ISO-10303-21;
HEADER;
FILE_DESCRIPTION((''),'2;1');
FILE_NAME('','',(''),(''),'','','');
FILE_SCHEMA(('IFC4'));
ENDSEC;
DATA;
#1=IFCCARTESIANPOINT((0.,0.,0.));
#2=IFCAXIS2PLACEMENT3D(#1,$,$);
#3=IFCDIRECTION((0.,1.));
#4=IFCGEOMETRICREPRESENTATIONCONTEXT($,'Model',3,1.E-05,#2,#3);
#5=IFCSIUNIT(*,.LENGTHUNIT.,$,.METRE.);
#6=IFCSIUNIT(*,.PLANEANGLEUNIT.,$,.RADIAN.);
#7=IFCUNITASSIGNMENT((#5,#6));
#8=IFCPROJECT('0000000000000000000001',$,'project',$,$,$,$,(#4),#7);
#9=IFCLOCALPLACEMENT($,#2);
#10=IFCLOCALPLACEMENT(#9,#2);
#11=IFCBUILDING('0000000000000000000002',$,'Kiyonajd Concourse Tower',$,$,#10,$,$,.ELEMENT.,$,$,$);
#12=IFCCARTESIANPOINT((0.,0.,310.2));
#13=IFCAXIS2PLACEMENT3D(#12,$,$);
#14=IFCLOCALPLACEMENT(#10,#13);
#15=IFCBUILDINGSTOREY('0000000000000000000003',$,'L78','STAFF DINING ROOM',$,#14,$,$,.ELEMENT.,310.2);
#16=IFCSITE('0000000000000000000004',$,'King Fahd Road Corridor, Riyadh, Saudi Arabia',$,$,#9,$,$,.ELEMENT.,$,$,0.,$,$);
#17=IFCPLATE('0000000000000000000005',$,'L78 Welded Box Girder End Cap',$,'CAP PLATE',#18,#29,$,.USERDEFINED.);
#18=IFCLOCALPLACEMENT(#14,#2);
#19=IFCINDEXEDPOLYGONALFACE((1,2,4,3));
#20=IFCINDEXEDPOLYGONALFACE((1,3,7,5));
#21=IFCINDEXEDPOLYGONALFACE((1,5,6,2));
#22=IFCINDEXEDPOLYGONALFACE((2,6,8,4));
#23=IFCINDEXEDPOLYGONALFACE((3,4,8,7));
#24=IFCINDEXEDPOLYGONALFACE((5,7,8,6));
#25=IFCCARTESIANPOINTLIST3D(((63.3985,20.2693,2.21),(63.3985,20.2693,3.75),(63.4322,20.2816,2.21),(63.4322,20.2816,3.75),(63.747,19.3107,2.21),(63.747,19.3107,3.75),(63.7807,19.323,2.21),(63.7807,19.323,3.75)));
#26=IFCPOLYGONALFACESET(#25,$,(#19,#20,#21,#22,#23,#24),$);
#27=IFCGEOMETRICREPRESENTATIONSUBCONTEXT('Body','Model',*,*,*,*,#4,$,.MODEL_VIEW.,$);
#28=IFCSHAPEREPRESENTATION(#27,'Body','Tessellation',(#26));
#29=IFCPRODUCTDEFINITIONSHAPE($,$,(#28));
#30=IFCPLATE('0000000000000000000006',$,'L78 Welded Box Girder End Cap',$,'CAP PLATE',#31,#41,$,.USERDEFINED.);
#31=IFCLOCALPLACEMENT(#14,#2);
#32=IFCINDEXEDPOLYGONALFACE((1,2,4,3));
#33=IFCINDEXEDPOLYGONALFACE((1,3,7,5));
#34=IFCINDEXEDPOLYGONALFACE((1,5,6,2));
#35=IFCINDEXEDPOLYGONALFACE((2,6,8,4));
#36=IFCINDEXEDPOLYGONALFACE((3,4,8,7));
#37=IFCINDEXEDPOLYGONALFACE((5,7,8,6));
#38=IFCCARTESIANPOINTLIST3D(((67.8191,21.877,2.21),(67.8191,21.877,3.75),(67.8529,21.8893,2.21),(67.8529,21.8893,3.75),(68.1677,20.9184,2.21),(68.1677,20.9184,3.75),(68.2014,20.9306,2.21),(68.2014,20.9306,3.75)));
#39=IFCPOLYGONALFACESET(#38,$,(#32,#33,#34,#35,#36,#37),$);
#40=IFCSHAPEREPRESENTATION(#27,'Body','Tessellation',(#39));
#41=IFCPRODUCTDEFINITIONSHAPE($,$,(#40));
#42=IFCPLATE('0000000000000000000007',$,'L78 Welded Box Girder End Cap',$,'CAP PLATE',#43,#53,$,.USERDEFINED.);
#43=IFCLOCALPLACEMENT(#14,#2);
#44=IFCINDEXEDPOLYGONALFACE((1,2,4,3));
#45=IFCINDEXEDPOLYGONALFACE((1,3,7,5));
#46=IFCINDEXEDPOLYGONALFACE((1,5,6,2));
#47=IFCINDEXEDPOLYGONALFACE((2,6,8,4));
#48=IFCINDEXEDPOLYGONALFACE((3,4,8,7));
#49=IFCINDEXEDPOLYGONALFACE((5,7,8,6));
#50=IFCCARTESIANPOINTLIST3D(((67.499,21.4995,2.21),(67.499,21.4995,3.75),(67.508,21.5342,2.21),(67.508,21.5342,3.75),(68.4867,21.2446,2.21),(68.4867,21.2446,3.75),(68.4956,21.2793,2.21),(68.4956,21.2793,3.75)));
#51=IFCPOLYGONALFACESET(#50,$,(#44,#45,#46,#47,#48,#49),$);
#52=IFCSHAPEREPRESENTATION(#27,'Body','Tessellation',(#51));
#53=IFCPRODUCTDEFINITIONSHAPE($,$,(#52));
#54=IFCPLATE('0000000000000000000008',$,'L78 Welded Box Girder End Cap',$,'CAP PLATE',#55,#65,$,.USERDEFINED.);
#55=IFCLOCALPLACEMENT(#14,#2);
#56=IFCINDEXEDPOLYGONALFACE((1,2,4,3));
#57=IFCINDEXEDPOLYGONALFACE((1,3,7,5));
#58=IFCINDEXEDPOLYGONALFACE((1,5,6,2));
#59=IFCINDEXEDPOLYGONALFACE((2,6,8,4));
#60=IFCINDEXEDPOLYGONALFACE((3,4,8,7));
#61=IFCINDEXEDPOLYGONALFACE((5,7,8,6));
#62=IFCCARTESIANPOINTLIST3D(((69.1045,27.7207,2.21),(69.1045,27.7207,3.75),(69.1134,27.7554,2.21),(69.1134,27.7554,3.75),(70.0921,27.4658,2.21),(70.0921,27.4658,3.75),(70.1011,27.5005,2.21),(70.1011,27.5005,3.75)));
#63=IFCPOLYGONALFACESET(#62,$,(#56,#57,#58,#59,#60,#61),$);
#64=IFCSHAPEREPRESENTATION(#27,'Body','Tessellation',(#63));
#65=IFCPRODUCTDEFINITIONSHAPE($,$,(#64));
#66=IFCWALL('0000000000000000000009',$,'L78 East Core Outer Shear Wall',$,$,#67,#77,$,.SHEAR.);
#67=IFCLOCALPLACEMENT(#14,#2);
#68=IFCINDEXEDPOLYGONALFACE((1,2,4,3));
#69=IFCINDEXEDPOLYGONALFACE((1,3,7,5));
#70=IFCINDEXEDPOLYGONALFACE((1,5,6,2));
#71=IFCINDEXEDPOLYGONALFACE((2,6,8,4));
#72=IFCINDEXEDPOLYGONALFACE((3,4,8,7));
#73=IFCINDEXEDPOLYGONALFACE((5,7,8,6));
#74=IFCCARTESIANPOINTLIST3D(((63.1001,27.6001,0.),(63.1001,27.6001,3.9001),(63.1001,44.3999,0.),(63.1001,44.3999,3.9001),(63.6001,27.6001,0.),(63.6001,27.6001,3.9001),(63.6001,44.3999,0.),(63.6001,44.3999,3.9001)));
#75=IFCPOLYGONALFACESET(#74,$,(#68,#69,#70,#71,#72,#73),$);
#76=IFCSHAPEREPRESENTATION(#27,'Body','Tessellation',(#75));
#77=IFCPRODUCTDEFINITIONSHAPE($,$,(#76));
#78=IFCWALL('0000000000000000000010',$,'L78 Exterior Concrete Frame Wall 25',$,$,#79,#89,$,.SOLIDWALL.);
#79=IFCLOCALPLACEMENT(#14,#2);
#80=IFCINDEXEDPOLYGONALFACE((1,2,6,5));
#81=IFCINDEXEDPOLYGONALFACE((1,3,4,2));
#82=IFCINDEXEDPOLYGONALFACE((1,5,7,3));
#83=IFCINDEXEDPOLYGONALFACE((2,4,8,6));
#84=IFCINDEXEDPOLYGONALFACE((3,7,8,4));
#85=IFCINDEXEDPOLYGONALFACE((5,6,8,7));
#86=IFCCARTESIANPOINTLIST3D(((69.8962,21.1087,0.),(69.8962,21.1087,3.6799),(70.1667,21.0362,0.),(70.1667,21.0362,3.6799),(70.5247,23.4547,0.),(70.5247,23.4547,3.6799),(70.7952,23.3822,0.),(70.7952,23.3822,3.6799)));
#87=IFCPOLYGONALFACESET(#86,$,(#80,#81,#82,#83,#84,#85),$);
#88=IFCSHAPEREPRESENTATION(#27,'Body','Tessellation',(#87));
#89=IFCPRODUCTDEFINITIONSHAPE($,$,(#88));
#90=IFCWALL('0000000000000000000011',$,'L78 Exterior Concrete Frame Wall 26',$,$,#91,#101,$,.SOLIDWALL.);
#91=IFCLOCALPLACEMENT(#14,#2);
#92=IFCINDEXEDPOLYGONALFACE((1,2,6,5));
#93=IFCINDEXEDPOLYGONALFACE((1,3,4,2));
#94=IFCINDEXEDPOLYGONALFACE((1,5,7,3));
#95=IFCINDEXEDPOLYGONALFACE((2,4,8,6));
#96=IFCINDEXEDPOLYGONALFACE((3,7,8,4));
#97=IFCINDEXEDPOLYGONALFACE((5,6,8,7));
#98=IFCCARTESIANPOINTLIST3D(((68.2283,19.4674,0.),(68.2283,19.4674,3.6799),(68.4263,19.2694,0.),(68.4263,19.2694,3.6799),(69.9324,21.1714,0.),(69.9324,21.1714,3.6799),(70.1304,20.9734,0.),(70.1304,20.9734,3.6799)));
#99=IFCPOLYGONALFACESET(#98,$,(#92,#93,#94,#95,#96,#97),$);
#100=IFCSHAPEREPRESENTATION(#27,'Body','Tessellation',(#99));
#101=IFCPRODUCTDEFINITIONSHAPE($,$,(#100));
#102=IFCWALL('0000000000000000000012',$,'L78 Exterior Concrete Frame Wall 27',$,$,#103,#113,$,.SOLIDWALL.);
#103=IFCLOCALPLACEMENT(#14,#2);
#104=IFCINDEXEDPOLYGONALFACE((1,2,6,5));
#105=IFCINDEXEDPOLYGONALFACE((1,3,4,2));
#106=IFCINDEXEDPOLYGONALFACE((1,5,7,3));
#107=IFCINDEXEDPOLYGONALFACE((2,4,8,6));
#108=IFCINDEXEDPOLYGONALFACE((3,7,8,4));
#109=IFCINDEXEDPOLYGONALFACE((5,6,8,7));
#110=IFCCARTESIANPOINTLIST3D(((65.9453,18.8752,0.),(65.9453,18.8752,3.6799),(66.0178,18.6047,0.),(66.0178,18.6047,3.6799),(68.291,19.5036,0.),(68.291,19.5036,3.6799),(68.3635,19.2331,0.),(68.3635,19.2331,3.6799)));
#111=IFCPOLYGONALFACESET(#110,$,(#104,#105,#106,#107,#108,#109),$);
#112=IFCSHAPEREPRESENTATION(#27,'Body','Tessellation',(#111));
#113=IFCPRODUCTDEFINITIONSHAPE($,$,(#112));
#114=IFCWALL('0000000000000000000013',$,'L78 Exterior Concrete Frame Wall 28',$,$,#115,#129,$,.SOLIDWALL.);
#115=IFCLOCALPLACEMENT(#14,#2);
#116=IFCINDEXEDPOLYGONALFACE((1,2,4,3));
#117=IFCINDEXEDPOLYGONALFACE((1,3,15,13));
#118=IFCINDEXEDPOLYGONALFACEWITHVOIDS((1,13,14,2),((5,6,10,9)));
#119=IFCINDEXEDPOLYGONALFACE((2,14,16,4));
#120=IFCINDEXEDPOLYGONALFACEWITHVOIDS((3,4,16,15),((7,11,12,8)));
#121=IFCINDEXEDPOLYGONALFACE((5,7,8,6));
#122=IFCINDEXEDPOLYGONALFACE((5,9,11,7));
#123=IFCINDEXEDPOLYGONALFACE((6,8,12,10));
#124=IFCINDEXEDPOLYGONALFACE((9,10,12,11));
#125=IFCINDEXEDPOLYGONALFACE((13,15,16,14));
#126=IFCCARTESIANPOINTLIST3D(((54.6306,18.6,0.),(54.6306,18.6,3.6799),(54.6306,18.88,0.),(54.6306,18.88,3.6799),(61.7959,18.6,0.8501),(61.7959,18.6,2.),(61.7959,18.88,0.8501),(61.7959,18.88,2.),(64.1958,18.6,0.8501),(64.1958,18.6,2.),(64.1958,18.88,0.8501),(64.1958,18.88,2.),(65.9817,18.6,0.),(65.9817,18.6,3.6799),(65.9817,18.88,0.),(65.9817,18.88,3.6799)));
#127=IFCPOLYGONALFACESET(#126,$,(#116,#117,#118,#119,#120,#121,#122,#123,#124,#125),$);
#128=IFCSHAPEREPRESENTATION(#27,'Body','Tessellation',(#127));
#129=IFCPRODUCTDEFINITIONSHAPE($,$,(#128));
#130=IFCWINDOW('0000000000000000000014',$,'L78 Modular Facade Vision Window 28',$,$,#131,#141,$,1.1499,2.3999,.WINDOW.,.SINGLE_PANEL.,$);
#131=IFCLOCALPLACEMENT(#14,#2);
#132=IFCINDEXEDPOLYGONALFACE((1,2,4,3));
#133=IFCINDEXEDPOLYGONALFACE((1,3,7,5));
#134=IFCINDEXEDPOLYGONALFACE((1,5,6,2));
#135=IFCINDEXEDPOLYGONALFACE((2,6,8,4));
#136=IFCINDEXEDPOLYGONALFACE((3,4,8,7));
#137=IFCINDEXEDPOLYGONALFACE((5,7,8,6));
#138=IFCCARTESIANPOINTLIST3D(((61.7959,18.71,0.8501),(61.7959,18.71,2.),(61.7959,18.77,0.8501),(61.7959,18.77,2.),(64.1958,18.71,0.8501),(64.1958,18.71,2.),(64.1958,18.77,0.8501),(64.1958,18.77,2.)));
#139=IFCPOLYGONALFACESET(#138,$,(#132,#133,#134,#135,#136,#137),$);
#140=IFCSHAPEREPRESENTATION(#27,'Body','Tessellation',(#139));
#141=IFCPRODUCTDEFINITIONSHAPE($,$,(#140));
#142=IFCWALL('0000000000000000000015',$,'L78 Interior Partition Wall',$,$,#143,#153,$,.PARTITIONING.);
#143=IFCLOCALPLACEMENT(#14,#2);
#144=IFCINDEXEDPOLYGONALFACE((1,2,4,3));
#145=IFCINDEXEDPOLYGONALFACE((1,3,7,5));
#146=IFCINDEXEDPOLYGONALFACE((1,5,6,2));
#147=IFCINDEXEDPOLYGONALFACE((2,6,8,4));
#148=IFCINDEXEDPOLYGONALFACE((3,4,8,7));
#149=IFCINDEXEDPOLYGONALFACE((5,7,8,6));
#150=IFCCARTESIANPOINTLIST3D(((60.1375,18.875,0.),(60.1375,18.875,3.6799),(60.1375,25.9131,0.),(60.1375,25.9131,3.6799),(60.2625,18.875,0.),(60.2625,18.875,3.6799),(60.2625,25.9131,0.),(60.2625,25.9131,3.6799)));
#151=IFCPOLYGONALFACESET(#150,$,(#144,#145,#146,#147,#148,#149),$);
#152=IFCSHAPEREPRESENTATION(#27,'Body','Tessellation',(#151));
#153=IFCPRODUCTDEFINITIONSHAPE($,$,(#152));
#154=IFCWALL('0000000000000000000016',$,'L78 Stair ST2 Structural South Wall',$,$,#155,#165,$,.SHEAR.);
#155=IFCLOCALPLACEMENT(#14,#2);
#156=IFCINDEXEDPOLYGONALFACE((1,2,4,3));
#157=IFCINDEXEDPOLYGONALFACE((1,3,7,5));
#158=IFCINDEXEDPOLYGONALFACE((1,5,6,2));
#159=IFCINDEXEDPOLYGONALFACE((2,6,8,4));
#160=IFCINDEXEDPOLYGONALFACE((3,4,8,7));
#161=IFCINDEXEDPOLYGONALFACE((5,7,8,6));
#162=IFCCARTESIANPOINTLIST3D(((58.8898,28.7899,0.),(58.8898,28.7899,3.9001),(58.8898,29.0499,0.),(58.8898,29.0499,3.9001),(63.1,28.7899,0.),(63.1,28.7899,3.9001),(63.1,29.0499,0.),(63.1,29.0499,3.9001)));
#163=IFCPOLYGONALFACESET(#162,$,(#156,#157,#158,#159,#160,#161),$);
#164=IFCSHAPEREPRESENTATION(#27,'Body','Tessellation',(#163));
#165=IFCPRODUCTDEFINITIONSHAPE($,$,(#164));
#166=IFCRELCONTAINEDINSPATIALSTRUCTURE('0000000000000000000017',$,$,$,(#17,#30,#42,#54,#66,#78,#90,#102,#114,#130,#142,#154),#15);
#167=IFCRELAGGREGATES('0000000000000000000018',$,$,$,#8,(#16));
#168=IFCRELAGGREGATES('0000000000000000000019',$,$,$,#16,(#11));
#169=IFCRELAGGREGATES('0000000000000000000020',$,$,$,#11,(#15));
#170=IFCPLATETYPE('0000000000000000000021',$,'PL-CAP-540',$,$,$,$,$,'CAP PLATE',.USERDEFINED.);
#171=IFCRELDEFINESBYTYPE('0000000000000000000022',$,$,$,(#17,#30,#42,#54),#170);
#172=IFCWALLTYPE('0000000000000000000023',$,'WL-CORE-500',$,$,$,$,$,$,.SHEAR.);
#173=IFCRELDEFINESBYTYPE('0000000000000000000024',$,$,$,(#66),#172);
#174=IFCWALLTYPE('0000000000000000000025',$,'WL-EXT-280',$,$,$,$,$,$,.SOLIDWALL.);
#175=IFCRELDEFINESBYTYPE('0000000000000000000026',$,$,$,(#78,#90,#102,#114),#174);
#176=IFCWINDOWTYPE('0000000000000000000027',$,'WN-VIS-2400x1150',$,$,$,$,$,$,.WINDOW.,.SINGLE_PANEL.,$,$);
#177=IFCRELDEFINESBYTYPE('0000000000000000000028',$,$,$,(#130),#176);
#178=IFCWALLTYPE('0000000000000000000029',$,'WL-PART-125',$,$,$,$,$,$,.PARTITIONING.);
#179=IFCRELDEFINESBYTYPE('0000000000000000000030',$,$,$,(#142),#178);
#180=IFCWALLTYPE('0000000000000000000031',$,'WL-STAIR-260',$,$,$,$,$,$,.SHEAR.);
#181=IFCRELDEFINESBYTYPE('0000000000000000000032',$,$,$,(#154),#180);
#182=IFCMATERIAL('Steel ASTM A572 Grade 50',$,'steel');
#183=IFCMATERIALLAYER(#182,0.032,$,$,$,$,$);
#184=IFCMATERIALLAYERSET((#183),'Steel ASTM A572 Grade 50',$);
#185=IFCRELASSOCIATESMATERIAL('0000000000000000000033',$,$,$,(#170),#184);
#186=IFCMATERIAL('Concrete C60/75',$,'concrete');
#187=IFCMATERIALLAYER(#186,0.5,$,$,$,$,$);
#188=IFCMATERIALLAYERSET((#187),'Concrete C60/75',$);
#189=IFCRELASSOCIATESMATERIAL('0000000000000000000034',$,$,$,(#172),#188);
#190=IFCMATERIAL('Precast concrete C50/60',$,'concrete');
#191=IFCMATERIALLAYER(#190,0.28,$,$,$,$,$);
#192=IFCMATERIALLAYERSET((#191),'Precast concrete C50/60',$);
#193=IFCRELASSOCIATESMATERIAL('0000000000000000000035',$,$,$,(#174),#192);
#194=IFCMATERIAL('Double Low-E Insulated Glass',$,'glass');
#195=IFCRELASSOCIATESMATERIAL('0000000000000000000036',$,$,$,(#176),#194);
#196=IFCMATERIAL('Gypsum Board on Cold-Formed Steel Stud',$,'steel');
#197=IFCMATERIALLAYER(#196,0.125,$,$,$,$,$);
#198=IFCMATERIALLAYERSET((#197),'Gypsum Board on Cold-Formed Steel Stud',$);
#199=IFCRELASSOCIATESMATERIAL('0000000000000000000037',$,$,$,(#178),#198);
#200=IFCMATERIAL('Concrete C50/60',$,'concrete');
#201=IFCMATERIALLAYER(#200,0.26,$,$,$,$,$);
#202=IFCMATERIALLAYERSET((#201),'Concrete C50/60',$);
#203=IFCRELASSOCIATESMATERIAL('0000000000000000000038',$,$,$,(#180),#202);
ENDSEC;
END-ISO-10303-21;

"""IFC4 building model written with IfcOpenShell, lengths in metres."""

from ifc_helpers import new_model, si_unit, direction, frame, frame_2d, origin, origin_2d, place, context, subcontext, project, spatial, rectangle, extrude, material, layer, layer_set, type_object, element, fill, save


model = new_model("IFC4")

# Units and contexts
model_context = context("Model", 3, precision=1e-05, world=origin(), true_north=direction((0.0, 1.0)))
body_context = subcontext(model_context, "Body", "Model", "MODEL_VIEW")
ifc_project = project(units=[si_unit("LENGTHUNIT", "METRE"), si_unit("PLANEANGLEUNIT", "RADIAN")], contexts=[model_context])

# Site, building, storey
site_placement = place(None, origin())
site = spatial("IfcSite", under=ifc_project, at=site_placement, Name="King Fahd Road Corridor, Riyadh, Saudi Arabia", CompositionType="ELEMENT", RefElevation=0.0)
building_placement = place(site_placement, origin())
building = spatial("IfcBuilding", under=site, at=building_placement, Name="Kiyonajd Concourse Tower", CompositionType="ELEMENT")
storey_placement = place(building_placement, frame((0.0, 0.0, 310.2)))
storey = spatial("IfcBuildingStorey", under=building, at=storey_placement, Name="L78", Description="STAFF DINING ROOM", CompositionType="ELEMENT", Elevation=310.2)

# Shared definitions
ifc_material_1 = material(Name="Concrete C60/75", Category="concrete")

# Shared definitions
ifc_material_2 = material(Name="Steel ASTM A572 Grade 50", Category="steel")

# Plates
ifc_layer_1 = layer(ifc_material_2, 0.032)
ifc_layer_set_1 = layer_set([ifc_layer_1], Name="Steel ASTM A572 Grade 50")
plate_type = type_object("IfcPlateType", Name="PL-CAP-540", ElementType="CAP PLATE", PredefinedType="USERDEFINED", material=ifc_layer_set_1)
for number, where, z_axis, x_axis, name in (
    (1, (63.5896, 19.7961, 2.21), (0.0, 0.0, 1.0), (-0.939812, -0.341692, 0.0), "L78 Welded Box Girder End Cap"),
    (2, (68.0103, 21.4038, 2.21), (0.0, 0.0, 1.0), (0.939812, 0.341692, 0.0), "L78 Welded Box Girder End Cap"),
    (3, (67.9973, 21.3894, 2.21), (0.0, 0.0, 1.0), (-0.249873, -0.968279, 0.0), "L78 Welded Box Girder End Cap"),
    (4, (69.6028, 27.6106, 2.21), (0.0, 0.0, 1.0), (0.249873, 0.968279, 0.0), "L78 Welded Box Girder End Cap"),
):
    element("IfcPlate", number, at=place(storey_placement, frame(where, z_axis=z_axis, x_axis=x_axis)), inside=storey, type_object=plate_type, Name=name, ObjectType="CAP PLATE", PredefinedType="USERDEFINED", context=body_context, shape_type="SweptSolid", body=[
        extrude(rectangle(XDim=0.0359, YDim=1.02, at=origin_2d()), origin(), (0.0, 0.0, 1.0), 1.54),
    ])

# Walls
ifc_layer_2 = layer(ifc_material_1, 0.5)
ifc_layer_set_2 = layer_set([ifc_layer_2], Name="Concrete C60/75")
wall_type_1 = type_object("IfcWallType", Name="WL-CORE-500", PredefinedType="SHEAR", material=ifc_layer_set_2)
wall_1_placement = place(storey_placement, frame((63.3501, 27.6001, 0.0), z_axis=(0.0, 0.0, 1.0), x_axis=(0.0, 1.0, 0.0)))
element("IfcWall", 5, at=wall_1_placement, inside=storey, type_object=wall_type_1, Name="L78 East Core Outer Shear Wall", PredefinedType="SHEAR", context=body_context, shape_type="SweptSolid", body=[
    extrude(rectangle(XDim=16.7998, YDim=0.5, at=frame_2d((8.3999, 0.0))), origin(), (0.0, 0.0, 1.0), 3.9001),
])
ifc_material_3 = material(Name="Precast concrete C50/60", Category="concrete")
ifc_layer_3 = layer(ifc_material_3, 0.28)
ifc_layer_set_3 = layer_set([ifc_layer_3], Name="Precast concrete C50/60")
wall_type_2 = type_object("IfcWallType", Name="WL-EXT-280", PredefinedType="SOLIDWALL", material=ifc_layer_set_3)
wall_2_placement = place(storey_placement, frame((70.6599, 23.4185, 0.0), z_axis=(0.0, 0.0, 1.0), x_axis=(-0.258751, -0.965944, 0.0)))
element("IfcWall", 6, at=wall_2_placement, inside=storey, type_object=wall_type_2, Name="L78 Exterior Concrete Frame Wall 25", PredefinedType="SOLIDWALL", context=body_context, shape_type="SweptSolid", body=[
    extrude(rectangle(XDim=2.4287, YDim=0.28, at=frame_2d((1.2144, 0.0))), origin(), (0.0, 0.0, 1.0), 3.6799),
])
wall_3_placement = place(storey_placement, frame((70.0315, 21.0725, 0.0), z_axis=(0.0, 0.0, 1.0), x_axis=(-0.707107, -0.707107, 0.0)))
element("IfcWall", 7, at=wall_3_placement, inside=storey, type_object=wall_type_2, Name="L78 Exterior Concrete Frame Wall 26", PredefinedType="SOLIDWALL", context=body_context, shape_type="SweptSolid", body=[
    extrude(rectangle(XDim=2.4099, YDim=0.28, at=frame_2d((1.2051, 0.0))), origin(), (0.0, 0.0, 1.0), 3.6799),
])
wall_4_placement = place(storey_placement, frame((68.3274, 19.3684, 0.0), z_axis=(0.0, 0.0, 1.0), x_axis=(-0.965937, -0.258776, 0.0)))
element("IfcWall", 8, at=wall_4_placement, inside=storey, type_object=wall_type_2, Name="L78 Exterior Concrete Frame Wall 27", PredefinedType="SOLIDWALL", context=body_context, shape_type="SweptSolid", body=[
    extrude(rectangle(XDim=2.4285, YDim=0.28, at=frame_2d((1.2144, 0.0))), origin(), (0.0, 0.0, 1.0), 3.6799),
])

# Wall, opening, window
wall_5_placement = place(storey_placement, frame((65.9817, 18.74, 0.0), z_axis=(0.0, 0.0, 1.0), x_axis=(-1.0, 0.0, 0.0)))
wall_5 = element("IfcWall", 9, at=wall_5_placement, inside=storey, type_object=wall_type_2, Name="L78 Exterior Concrete Frame Wall 28", PredefinedType="SOLIDWALL", context=body_context, shape_type="SweptSolid", body=[
    extrude(rectangle(XDim=11.3511, YDim=0.28, at=frame_2d((5.6755, 0.0))), origin(), (0.0, 0.0, 1.0), 3.6799),
])
opening_1_placement = place(wall_5_placement, frame((1.7859, 0.0, 0.8501)))
opening_1 = element("IfcOpeningElement", 10, at=opening_1_placement, cuts=wall_5, PredefinedType="OPENING", context=body_context, shape_type="SweptSolid", body=[
    extrude(rectangle(XDim=2.3999, YDim=1.1499, at=frame_2d((1.2, 0.575))), frame((0.0, 0.1499, 0.0), z_axis=(0.0, -1.0, 0.0), x_axis=(1.0, 0.0, 0.0)), (0.0, 0.0, 1.0), 0.3),
])
ifc_material_4 = material(Name="Double Low-E Insulated Glass", Category="glass")
window_type = type_object("IfcWindowType", Name="WN-VIS-2400x1150", PartitioningType="SINGLE_PANEL", PredefinedType="WINDOW", material=ifc_material_4)
window_placement = place(opening_1_placement, origin())
window = element("IfcWindow", 11, at=window_placement, inside=storey, type_object=window_type, Name="L78 Modular Facade Vision Window 28", OverallHeight=1.1499, OverallWidth=2.3999, PartitioningType="SINGLE_PANEL", PredefinedType="WINDOW", context=body_context, shape_type="SweptSolid", body=[
    extrude(rectangle(XDim=2.3999, YDim=1.1499, at=frame_2d((1.2, 0.575))), frame((0.0, 0.03, 0.0), z_axis=(0.0, -1.0, 0.0), x_axis=(1.0, 0.0, 0.0)), (0.0, 0.0, 1.0), 0.0601),
])
fill(opening_1, window)

# Walls
ifc_material_5 = material(Name="Gypsum Board on Cold-Formed Steel Stud", Category="steel")
ifc_layer_4 = layer(ifc_material_5, 0.125)
ifc_layer_set_4 = layer_set([ifc_layer_4], Name="Gypsum Board on Cold-Formed Steel Stud")
wall_type_3 = type_object("IfcWallType", Name="WL-PART-125", PredefinedType="PARTITIONING", material=ifc_layer_set_4)
wall_6_placement = place(storey_placement, frame((60.2, 18.875, 0.0), z_axis=(0.0, 0.0, 1.0), x_axis=(0.0, 1.0, 0.0)))
element("IfcWall", 12, at=wall_6_placement, inside=storey, type_object=wall_type_3, Name="L78 Interior Partition Wall", PredefinedType="PARTITIONING", context=body_context, shape_type="SweptSolid", body=[
    extrude(rectangle(XDim=7.0381, YDim=0.125, at=frame_2d((3.519, 0.0))), origin(), (0.0, 0.0, 1.0), 3.6799),
])
ifc_material_6 = material(Name="Concrete C50/60", Category="concrete")
ifc_layer_5 = layer(ifc_material_6, 0.26)
ifc_layer_set_5 = layer_set([ifc_layer_5], Name="Concrete C50/60")
wall_type_4 = type_object("IfcWallType", Name="WL-STAIR-260", PredefinedType="SHEAR", material=ifc_layer_set_5)
wall_7_placement = place(storey_placement, frame((58.8899, 28.9199, 0.0), z_axis=(0.0, 0.0, 1.0), x_axis=(1.0, 0.0, 0.0)))
element("IfcWall", 13, at=wall_7_placement, inside=storey, type_object=wall_type_4, Name="L78 Stair ST2 Structural South Wall", PredefinedType="SHEAR", context=body_context, shape_type="SweptSolid", body=[
    extrude(rectangle(XDim=4.2102, YDim=0.26, at=frame_2d((2.105, 0.0))), origin(), (0.0, 0.0, 1.0), 3.9001),
])

save(model, "model.ifc")
